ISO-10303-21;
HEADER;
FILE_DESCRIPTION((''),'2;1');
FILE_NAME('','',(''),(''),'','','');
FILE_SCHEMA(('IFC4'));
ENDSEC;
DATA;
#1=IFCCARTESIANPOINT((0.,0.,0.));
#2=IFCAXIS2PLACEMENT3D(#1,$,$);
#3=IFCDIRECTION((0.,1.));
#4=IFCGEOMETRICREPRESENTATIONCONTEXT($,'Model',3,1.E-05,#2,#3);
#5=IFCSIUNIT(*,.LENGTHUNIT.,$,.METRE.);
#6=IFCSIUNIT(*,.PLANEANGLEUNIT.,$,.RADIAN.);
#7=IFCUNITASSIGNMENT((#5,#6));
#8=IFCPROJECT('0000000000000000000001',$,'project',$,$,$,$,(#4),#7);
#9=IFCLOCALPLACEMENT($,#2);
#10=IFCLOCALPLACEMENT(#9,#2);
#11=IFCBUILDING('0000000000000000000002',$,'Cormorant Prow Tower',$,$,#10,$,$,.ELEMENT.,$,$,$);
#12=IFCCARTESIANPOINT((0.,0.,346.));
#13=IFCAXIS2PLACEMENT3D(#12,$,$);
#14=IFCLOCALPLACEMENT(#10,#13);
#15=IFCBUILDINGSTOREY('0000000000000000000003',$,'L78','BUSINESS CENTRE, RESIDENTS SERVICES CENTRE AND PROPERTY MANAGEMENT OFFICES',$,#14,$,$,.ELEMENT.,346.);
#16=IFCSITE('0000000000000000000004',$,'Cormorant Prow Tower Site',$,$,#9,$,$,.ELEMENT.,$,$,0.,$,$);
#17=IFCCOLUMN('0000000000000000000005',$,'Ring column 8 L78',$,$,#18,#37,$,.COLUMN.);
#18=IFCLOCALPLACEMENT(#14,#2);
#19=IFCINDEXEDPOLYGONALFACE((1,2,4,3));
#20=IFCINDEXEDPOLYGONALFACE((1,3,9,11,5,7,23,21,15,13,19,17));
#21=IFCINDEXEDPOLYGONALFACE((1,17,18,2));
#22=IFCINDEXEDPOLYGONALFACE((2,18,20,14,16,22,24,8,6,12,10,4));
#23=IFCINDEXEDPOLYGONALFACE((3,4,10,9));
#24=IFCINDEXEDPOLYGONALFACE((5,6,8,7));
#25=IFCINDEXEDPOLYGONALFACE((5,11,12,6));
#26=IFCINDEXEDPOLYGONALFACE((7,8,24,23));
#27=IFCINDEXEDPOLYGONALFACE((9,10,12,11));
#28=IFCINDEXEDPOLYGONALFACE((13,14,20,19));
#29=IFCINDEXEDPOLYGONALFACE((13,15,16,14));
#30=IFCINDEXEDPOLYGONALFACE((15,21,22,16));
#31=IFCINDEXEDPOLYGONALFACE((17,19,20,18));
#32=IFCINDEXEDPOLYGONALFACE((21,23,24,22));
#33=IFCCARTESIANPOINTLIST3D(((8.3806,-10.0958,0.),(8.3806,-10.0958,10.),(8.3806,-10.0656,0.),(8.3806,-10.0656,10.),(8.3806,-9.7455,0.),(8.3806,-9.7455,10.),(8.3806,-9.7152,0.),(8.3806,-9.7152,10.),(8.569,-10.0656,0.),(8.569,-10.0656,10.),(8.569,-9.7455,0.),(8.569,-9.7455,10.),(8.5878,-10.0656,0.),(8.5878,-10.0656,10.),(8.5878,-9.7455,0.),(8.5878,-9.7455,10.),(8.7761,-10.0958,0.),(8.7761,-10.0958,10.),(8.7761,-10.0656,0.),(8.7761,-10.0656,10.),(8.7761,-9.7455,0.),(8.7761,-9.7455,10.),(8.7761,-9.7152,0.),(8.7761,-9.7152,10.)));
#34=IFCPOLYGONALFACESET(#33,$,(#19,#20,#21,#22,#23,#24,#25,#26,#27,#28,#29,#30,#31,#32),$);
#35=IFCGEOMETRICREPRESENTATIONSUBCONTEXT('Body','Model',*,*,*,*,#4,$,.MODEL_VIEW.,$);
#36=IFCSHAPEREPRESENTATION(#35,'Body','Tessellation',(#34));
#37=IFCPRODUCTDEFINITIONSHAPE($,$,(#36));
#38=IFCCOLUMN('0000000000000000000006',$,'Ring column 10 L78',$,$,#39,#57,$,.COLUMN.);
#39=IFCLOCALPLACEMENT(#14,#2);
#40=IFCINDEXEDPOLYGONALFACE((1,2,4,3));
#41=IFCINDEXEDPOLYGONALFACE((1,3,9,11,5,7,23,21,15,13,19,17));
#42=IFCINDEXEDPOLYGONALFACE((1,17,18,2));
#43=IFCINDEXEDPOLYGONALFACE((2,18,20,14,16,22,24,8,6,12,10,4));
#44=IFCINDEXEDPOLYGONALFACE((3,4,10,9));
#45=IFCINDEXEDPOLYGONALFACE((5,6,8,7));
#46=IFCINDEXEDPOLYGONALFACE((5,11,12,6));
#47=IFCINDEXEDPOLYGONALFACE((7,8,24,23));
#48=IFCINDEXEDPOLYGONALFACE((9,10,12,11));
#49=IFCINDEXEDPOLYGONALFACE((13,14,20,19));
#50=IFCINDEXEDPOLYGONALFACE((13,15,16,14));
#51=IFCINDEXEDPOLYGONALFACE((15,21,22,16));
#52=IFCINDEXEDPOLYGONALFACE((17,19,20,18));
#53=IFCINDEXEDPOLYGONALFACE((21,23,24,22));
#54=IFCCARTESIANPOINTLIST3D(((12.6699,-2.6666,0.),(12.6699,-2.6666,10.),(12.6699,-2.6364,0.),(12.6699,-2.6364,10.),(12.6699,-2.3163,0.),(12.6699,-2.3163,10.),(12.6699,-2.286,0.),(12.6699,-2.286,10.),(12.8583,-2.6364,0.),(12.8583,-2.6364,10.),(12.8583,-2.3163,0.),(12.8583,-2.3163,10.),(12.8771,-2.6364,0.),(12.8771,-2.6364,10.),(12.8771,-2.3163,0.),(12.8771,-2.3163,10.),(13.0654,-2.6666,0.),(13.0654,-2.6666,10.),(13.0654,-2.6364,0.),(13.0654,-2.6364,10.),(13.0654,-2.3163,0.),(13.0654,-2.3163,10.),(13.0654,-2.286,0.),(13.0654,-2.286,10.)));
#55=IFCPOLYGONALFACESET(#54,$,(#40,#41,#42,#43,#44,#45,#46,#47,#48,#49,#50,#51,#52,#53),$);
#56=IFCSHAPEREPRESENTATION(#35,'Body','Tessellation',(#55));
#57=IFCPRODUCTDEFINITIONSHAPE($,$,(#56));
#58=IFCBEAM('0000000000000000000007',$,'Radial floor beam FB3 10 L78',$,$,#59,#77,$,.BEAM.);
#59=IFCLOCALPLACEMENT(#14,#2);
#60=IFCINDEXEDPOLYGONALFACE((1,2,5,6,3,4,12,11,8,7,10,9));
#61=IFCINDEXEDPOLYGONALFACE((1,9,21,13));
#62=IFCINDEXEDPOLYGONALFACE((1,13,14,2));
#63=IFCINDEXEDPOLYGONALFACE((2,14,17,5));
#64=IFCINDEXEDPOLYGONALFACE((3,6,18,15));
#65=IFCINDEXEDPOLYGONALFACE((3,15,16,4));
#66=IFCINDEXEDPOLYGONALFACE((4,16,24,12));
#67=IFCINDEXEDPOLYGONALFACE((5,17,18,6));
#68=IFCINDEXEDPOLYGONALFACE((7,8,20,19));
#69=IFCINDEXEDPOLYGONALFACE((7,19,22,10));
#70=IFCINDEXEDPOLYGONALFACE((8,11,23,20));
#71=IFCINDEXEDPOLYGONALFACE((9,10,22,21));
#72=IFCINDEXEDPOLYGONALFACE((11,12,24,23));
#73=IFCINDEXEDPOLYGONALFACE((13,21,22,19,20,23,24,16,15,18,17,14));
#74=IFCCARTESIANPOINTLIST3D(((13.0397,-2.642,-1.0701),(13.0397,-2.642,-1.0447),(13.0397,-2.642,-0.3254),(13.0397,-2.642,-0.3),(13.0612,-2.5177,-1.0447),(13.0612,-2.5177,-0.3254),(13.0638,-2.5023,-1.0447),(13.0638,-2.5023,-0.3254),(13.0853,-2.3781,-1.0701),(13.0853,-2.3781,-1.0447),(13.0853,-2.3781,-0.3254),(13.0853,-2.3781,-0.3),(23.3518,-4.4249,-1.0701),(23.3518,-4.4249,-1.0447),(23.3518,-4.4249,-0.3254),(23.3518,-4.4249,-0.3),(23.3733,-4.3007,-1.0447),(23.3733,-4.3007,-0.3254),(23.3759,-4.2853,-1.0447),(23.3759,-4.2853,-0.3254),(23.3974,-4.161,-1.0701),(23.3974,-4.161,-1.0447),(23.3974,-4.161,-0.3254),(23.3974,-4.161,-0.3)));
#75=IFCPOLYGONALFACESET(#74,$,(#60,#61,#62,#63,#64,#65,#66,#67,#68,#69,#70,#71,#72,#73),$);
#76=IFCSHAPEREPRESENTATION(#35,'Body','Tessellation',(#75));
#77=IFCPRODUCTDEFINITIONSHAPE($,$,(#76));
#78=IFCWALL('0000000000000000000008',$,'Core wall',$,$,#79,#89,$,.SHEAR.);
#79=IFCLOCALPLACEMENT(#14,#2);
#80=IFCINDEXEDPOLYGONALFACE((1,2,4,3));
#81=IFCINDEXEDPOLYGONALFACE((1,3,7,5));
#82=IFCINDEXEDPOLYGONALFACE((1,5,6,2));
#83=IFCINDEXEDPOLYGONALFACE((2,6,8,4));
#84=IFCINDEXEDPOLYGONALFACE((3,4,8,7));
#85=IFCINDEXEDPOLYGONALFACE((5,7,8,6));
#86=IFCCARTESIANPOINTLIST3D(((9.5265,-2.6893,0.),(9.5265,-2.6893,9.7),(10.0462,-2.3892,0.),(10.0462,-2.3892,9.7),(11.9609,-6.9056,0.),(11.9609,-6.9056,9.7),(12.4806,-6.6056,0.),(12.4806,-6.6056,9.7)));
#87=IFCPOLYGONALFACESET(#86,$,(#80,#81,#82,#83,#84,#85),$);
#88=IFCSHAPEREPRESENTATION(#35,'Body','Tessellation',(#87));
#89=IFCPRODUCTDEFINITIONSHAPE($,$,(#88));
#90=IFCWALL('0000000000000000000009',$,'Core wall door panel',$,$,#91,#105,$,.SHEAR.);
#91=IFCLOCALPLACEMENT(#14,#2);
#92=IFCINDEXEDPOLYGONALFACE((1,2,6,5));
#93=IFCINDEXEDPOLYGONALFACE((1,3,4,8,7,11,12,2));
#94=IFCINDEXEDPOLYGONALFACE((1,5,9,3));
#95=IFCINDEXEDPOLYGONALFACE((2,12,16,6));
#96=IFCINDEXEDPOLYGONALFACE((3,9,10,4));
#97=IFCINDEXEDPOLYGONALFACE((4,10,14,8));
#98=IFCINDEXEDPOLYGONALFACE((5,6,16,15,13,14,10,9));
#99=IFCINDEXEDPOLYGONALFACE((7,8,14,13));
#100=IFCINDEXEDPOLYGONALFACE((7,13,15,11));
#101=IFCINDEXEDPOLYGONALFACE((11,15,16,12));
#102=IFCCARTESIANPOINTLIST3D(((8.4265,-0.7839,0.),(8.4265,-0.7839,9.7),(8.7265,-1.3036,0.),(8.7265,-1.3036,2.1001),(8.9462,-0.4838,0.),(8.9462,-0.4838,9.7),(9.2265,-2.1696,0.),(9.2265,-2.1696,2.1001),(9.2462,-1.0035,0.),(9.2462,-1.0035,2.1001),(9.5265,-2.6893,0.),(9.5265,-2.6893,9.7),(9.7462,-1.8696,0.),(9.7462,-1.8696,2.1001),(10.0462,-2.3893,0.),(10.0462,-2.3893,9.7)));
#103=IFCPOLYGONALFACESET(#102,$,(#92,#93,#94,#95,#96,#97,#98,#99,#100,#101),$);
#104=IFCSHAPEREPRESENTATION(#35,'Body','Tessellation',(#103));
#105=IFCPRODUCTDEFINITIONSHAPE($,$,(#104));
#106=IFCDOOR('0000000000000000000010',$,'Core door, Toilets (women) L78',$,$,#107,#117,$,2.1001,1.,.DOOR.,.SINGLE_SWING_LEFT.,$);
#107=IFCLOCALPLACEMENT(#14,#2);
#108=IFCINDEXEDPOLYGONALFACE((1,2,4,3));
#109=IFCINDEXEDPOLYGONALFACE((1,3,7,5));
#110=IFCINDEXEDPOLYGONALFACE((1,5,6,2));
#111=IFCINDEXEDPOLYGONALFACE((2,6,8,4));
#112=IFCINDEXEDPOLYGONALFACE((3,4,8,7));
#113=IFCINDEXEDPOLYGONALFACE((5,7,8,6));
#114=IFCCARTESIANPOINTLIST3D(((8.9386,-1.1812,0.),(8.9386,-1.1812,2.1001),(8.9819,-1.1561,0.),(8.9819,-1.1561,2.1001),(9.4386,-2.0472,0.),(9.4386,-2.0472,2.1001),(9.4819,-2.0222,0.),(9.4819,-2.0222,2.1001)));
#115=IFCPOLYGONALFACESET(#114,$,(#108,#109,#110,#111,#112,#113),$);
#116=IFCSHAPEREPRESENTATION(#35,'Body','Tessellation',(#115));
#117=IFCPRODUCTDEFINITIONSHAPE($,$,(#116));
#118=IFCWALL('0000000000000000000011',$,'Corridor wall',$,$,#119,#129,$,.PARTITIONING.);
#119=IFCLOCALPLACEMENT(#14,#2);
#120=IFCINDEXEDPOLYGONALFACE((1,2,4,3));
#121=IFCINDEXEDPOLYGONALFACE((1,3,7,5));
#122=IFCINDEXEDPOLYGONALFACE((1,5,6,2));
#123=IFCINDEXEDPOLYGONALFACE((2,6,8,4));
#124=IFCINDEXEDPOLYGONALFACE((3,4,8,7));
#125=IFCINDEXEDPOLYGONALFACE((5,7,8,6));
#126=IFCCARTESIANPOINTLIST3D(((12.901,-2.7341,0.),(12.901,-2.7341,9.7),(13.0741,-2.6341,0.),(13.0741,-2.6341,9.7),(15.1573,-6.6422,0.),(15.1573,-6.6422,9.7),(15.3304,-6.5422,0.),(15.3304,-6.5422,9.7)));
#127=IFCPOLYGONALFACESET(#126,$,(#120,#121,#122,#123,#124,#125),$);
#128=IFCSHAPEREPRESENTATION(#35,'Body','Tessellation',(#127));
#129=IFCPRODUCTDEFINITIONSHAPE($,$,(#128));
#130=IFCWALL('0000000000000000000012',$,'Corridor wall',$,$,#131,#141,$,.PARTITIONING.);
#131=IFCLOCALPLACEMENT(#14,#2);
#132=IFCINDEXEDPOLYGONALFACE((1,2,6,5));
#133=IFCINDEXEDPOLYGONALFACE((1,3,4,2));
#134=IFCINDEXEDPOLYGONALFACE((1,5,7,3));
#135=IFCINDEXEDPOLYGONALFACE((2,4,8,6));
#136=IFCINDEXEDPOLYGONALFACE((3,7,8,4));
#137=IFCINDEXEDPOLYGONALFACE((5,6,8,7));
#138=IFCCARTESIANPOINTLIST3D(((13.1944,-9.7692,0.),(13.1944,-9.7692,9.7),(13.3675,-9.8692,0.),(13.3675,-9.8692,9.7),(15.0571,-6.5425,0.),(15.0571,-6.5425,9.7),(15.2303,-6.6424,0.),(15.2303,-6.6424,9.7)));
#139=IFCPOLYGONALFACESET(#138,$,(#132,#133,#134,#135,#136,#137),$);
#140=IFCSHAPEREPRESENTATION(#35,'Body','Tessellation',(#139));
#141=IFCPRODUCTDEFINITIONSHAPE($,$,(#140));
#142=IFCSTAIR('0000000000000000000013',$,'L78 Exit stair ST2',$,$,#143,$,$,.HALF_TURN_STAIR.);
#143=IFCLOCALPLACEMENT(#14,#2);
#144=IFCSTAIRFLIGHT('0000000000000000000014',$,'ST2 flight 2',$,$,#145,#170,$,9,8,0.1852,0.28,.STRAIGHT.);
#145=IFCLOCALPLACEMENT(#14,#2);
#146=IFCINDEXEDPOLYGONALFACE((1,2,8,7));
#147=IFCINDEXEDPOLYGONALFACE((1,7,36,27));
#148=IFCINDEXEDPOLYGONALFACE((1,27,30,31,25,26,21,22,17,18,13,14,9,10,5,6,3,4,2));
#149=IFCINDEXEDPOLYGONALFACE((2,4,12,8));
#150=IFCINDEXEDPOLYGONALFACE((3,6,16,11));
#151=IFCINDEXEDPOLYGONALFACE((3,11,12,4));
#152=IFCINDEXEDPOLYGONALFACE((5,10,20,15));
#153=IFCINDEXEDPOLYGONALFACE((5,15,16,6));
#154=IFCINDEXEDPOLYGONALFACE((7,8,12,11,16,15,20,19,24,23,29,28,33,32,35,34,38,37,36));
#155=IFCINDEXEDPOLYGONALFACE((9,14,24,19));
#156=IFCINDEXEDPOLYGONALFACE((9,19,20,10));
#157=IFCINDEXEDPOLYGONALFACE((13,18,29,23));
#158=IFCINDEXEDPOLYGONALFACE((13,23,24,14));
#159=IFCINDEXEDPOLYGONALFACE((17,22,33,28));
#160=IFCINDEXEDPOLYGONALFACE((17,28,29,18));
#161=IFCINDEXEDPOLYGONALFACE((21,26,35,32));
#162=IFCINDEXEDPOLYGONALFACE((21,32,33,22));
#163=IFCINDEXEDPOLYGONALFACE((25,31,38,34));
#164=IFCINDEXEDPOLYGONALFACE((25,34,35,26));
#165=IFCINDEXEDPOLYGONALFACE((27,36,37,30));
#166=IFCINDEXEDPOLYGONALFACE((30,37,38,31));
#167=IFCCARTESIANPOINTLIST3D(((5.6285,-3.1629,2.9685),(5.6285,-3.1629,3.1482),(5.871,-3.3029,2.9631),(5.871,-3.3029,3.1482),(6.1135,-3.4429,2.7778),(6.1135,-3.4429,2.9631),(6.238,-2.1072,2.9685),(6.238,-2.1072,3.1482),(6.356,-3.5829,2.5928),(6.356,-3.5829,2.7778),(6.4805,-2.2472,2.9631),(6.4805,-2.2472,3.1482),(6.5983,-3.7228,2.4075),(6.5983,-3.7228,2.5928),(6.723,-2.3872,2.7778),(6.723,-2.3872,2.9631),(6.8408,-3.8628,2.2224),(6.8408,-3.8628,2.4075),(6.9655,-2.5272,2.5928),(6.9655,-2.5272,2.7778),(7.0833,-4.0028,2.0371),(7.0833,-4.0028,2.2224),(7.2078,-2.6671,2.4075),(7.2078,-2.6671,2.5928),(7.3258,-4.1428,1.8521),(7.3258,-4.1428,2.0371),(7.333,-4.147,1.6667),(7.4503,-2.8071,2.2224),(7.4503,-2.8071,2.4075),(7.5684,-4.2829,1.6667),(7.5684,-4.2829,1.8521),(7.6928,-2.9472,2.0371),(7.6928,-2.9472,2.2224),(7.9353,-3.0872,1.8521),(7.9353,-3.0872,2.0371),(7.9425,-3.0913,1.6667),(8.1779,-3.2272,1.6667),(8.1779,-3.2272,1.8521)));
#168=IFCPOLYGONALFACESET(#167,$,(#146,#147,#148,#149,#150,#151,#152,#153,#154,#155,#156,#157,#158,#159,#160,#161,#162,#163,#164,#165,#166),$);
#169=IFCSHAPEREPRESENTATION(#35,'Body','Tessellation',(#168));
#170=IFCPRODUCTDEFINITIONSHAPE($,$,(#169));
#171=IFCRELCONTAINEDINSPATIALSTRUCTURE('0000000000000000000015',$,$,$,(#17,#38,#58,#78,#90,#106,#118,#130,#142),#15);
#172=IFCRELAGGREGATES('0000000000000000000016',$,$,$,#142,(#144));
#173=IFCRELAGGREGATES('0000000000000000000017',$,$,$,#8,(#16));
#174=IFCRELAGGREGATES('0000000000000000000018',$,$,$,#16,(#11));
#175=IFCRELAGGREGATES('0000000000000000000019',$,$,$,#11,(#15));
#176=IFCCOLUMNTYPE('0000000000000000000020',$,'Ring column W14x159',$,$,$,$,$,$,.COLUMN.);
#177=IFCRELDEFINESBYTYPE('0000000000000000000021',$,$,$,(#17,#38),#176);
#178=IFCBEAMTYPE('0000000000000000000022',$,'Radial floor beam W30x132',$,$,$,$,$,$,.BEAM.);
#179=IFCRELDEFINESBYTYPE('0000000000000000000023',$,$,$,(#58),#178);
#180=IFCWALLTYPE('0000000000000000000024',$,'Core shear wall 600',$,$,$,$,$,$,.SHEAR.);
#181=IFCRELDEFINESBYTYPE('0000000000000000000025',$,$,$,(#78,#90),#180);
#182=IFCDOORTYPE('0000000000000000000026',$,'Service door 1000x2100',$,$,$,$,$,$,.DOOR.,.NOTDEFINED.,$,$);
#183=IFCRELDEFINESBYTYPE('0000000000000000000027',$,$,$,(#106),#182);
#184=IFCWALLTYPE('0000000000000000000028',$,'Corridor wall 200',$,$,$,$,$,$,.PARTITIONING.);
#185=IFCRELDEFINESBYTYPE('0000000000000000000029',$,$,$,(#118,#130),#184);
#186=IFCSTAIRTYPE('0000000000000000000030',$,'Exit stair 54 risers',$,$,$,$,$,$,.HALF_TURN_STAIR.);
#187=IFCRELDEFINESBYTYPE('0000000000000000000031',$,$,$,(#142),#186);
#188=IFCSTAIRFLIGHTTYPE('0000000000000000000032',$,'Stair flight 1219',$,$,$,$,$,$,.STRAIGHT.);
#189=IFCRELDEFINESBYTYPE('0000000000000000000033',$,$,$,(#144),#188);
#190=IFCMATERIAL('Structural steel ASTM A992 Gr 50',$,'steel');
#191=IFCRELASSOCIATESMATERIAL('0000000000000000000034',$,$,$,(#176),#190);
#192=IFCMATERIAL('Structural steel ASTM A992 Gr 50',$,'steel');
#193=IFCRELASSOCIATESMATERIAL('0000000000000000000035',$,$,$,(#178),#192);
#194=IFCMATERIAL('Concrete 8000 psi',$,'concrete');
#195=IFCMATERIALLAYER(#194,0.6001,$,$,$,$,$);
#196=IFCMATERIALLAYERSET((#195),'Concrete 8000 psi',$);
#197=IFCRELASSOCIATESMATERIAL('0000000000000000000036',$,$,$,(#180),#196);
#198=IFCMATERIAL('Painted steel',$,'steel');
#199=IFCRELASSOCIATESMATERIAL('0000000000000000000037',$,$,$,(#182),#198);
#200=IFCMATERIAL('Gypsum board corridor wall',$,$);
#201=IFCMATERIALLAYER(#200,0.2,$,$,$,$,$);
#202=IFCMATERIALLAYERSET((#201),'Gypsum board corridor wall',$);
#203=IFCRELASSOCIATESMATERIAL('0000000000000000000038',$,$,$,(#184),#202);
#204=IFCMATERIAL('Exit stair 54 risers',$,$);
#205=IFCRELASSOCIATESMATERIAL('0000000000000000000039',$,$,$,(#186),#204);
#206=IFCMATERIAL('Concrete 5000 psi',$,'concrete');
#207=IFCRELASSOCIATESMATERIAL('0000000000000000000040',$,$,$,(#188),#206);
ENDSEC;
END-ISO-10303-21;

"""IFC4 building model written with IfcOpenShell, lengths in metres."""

from ifc_helpers import new_model, si_unit, direction, frame, frame_2d, origin, origin_2d, place, context, subcontext, project, spatial, polyline, rectangle, i_section, outline, extrude, material, layer, layer_set, material_profile, profile_set, type_object, element, fill, aggregate, save


model = new_model("IFC4")

# Units and contexts
model_context = context("Model", 3, precision=1e-05, world=origin(), true_north=direction((0.0, 1.0)))
body_context = subcontext(model_context, "Body", "Model", "MODEL_VIEW")
ifc_project = project(units=[si_unit("LENGTHUNIT", "METRE"), si_unit("PLANEANGLEUNIT", "RADIAN")], contexts=[model_context])

# Site, building, storey
site_placement = place(None, origin())
site = spatial("IfcSite", under=ifc_project, at=site_placement, Name="Cormorant Prow Tower Site", CompositionType="ELEMENT", RefElevation=0.0)
building_placement = place(site_placement, origin())
building = spatial("IfcBuilding", under=site, at=building_placement, Name="Cormorant Prow Tower", CompositionType="ELEMENT")
storey_placement = place(building_placement, frame((0.0, 0.0, 346.0)))
storey = spatial("IfcBuildingStorey", under=building, at=storey_placement, Name="L78", Description="BUSINESS CENTRE, RESIDENTS SERVICES CENTRE AND PROPERTY MANAGEMENT OFFICES", CompositionType="ELEMENT", Elevation=346.0)

# Columns
ifc_material_1 = material(Name="Structural steel ASTM A992 Gr 50", Category="steel")
ifc_material_profile_1 = material_profile(ifc_material_1, i_section(OverallWidth=0.3955, OverallDepth=0.3806, WebThickness=0.0188, FlangeThickness=0.0303, at=origin_2d()), Name="W14x159")
ifc_profile_set_1 = profile_set([ifc_material_profile_1], Name="Structural steel ASTM A992 Gr 50")
column_type = type_object("IfcColumnType", Name="Ring column W14x159", PredefinedType="COLUMN", material=ifc_profile_set_1)
for number, where, z_axis, x_axis, name in (
    (1, (8.5784, -9.9055, 0.0), (0.0, 0.0, 1.0), (1.0, 0.0, 0.0), "Ring column 8 L78"),
    (2, (12.8677, -2.4763, 0.0), (0.0, 0.0, 1.0), (1.0, 0.0, 0.0), "Ring column 10 L78"),
):
    element("IfcColumn", number, at=place(storey_placement, frame(where, z_axis=z_axis, x_axis=x_axis)), inside=storey, type_object=column_type, Name=name, PredefinedType="COLUMN", context=body_context, shape_type="SweptSolid", body=[
        extrude(i_section(OverallWidth=0.3955, OverallDepth=0.3806, WebThickness=0.0188, FlangeThickness=0.0303, at=origin_2d()), origin(), (0.0, 0.0, 1.0), 10.0),
    ])

# Beam
ifc_material_2 = material(Name="Structural steel ASTM A992 Gr 50", Category="steel")
ifc_material_profile_2 = material_profile(ifc_material_2, i_section(OverallWidth=0.2678, OverallDepth=0.77, WebThickness=0.0156, FlangeThickness=0.0254, at=origin_2d()), Name="W30x132")
ifc_profile_set_2 = profile_set([ifc_material_profile_2], Name="Structural steel ASTM A992 Gr 50")
beam_type = type_object("IfcBeamType", Name="Radial floor beam W30x132", PredefinedType="BEAM", material=ifc_profile_set_2)
beam_placement = place(storey_placement, frame((13.0625, -2.51, -0.6851), z_axis=(0.98538, -0.170373, 0.0), x_axis=(0.170373, 0.98538, 0.0)))
element("IfcBeam", 3, at=beam_placement, inside=storey, type_object=beam_type, Name="Radial floor beam FB3 10 L78", PredefinedType="BEAM", context=body_context, shape_type="SweptSolid", body=[
    extrude(i_section(OverallWidth=0.2678, OverallDepth=0.77, WebThickness=0.0156, FlangeThickness=0.0254, at=origin_2d()), origin(), (0.0, 0.0, 1.0), 10.4651),
])

# Wall
ifc_material_3 = material(Name="Concrete 8000 psi", Category="concrete")
ifc_layer_1 = layer(ifc_material_3, 0.6001)
ifc_layer_set_1 = layer_set([ifc_layer_1], Name="Concrete 8000 psi")
wall_type_1 = type_object("IfcWallType", Name="Core shear wall 600", PredefinedType="SHEAR", material=ifc_layer_set_1)
wall_1_placement = place(storey_placement, frame((12.2207, -6.7556, 0.0), z_axis=(0.0, 0.0, 1.0), x_axis=(-0.500006, 0.866022, 0.0)))
element("IfcWall", 4, at=wall_1_placement, inside=storey, type_object=wall_type_1, Name="Core wall", PredefinedType="SHEAR", context=body_context, shape_type="SweptSolid", body=[
    extrude(rectangle(XDim=4.8687, YDim=0.6001, at=frame_2d((2.4343, 0.0))), origin(), (0.0, 0.0, 1.0), 9.7),
])

# Wall, opening, door
wall_2_placement = place(storey_placement, frame((9.7864, -2.5393, 0.0), z_axis=(0.0, 0.0, 1.0), x_axis=(-0.499982, 0.866036, 0.0)))
wall_2 = element("IfcWall", 5, at=wall_2_placement, inside=storey, type_object=wall_type_1, Name="Core wall door panel", PredefinedType="SHEAR", context=body_context, shape_type="SweptSolid", body=[
    extrude(rectangle(XDim=2.2002, YDim=0.6001, at=frame_2d((1.1001, 0.0))), origin(), (0.0, 0.0, 1.0), 9.7),
])
opening_1_placement = place(wall_2_placement, frame((0.6001, 0.0, 0.0)))
opening_1 = element("IfcOpeningElement", 6, at=opening_1_placement, cuts=wall_2, PredefinedType="OPENING", context=body_context, shape_type="SweptSolid", body=[
    extrude(rectangle(XDim=1.0, YDim=2.1001, at=frame_2d((0.5, 1.05))), frame((0.0, 0.3101, 0.0), z_axis=(0.0, -1.0, 0.0), x_axis=(1.0, 0.0, 0.0)), (0.0, 0.0, 1.0), 0.6201),
])
ifc_material_4 = material(Name="Painted steel", Category="steel")
door_type_1 = type_object("IfcDoorType", Name="Service door 1000x2100", OperationType="NOTDEFINED", PredefinedType="DOOR", material=ifc_material_4)
door_1_placement = place(opening_1_placement, origin())
door_1 = element("IfcDoor", 7, at=door_1_placement, inside=storey, type_object=door_type_1, Name="Core door, Toilets (women) L78", OperationType="SINGLE_SWING_LEFT", OverallHeight=2.1001, OverallWidth=1.0, PredefinedType="DOOR", context=body_context, shape_type="SweptSolid", body=[
    extrude(rectangle(XDim=1.0, YDim=2.1001, at=frame_2d((0.5, 1.05))), frame((0.0, 0.0552, 0.0), z_axis=(0.0, -1.0, 0.0), x_axis=(1.0, 0.0, 0.0)), (0.0, 0.0, 1.0), 0.05),
])
fill(opening_1, door_1)
ifc_material_5 = material(Name="Gypsum board corridor wall")
ifc_layer_2 = layer(ifc_material_5, 0.2)
ifc_layer_set_2 = layer_set([ifc_layer_2], Name="Gypsum board corridor wall")
wall_type_2 = type_object("IfcWallType", Name="Corridor wall 200", PredefinedType="PARTITIONING", material=ifc_layer_set_2)

# Walls
wall_3_placement = place(storey_placement, frame((12.9875, -2.6841, 0.0), z_axis=(0.0, 0.0, 1.0), x_axis=(0.499991, -0.866031, 0.0)))
element("IfcWall", 8, at=wall_3_placement, inside=storey, type_object=wall_type_2, Name="Corridor wall", PredefinedType="PARTITIONING", context=body_context, shape_type="SweptSolid", body=[
    extrude(rectangle(XDim=4.5127, YDim=0.2, at=frame_2d((2.2563, 0.0))), origin(), (0.0, 0.0, 1.0), 9.7),
])
wall_4_placement = place(storey_placement, frame((13.281, -9.8191, 0.0), z_axis=(0.0, 0.0, 1.0), x_axis=(0.499959, 0.866049, 0.0)))
element("IfcWall", 9, at=wall_4_placement, inside=storey, type_object=wall_type_2, Name="Corridor wall", PredefinedType="PARTITIONING", context=body_context, shape_type="SweptSolid", body=[
    extrude(rectangle(XDim=3.7258, YDim=0.2, at=frame_2d((1.8628, 0.0))), origin(), (0.0, 0.0, 1.0), 9.7),
])

# Stair, stair flight
ifc_material_6 = material(Name="Exit stair 54 risers")
stair_type = type_object("IfcStairType", Name="Exit stair 54 risers", PredefinedType="HALF_TURN_STAIR", material=ifc_material_6)
stair_placement = place(storey_placement, origin())
stair = element("IfcStair", 10, at=stair_placement, inside=storey, type_object=stair_type, Name="L78 Exit stair ST2", PredefinedType="HALF_TURN_STAIR")
ifc_material_7 = material(Name="Concrete 5000 psi", Category="concrete")
stair_flight_type = type_object("IfcStairFlightType", Name="Stair flight 1219", PredefinedType="STRAIGHT", material=ifc_material_7)
stair_flight_1_placement = place(storey_placement, frame((7.873, -3.7551, 1.6667), z_axis=(0.0, 0.0, 1.0), x_axis=(-0.866025, 0.5, 0.0)))
stair_flight_1 = element("IfcStairFlight", 11, at=stair_flight_1_placement, type_object=stair_flight_type, Name="ST2 flight 2", NumberOfRisers=9, NumberOfTreads=8, PredefinedType="STRAIGHT", RiserHeight=0.1852, TreadLength=0.28, context=body_context, shape_type="SweptSolid", body=[
    extrude(outline(polyline([(0.0, 0.0), (0.0, 0.1853), (0.28, 0.1853), (0.28, 0.3704), (0.5601, 0.3704), (0.5601, 0.5557), (0.8401, 0.5557), (0.8401, 0.7407), (1.1201, 0.7407), (1.1201, 0.926), (1.3999, 0.926), (1.3999, 1.1111), (1.6799, 1.1111), (1.6799, 1.2964), (1.96, 1.2964), (1.96, 1.4814), (2.24, 1.4814), (2.24, 1.6667), (2.24, 1.3018), (0.2717, 0.0), (0.0, 0.0)])), frame((0.0, 0.6094, 0.0), z_axis=(0.0, -1.0, 0.0), x_axis=(1.0, 0.0, 0.0)), (0.0, 0.0, 1.0), 1.219),
])
aggregate(stair, [stair_flight_1])

save(model, "model.ifc")
